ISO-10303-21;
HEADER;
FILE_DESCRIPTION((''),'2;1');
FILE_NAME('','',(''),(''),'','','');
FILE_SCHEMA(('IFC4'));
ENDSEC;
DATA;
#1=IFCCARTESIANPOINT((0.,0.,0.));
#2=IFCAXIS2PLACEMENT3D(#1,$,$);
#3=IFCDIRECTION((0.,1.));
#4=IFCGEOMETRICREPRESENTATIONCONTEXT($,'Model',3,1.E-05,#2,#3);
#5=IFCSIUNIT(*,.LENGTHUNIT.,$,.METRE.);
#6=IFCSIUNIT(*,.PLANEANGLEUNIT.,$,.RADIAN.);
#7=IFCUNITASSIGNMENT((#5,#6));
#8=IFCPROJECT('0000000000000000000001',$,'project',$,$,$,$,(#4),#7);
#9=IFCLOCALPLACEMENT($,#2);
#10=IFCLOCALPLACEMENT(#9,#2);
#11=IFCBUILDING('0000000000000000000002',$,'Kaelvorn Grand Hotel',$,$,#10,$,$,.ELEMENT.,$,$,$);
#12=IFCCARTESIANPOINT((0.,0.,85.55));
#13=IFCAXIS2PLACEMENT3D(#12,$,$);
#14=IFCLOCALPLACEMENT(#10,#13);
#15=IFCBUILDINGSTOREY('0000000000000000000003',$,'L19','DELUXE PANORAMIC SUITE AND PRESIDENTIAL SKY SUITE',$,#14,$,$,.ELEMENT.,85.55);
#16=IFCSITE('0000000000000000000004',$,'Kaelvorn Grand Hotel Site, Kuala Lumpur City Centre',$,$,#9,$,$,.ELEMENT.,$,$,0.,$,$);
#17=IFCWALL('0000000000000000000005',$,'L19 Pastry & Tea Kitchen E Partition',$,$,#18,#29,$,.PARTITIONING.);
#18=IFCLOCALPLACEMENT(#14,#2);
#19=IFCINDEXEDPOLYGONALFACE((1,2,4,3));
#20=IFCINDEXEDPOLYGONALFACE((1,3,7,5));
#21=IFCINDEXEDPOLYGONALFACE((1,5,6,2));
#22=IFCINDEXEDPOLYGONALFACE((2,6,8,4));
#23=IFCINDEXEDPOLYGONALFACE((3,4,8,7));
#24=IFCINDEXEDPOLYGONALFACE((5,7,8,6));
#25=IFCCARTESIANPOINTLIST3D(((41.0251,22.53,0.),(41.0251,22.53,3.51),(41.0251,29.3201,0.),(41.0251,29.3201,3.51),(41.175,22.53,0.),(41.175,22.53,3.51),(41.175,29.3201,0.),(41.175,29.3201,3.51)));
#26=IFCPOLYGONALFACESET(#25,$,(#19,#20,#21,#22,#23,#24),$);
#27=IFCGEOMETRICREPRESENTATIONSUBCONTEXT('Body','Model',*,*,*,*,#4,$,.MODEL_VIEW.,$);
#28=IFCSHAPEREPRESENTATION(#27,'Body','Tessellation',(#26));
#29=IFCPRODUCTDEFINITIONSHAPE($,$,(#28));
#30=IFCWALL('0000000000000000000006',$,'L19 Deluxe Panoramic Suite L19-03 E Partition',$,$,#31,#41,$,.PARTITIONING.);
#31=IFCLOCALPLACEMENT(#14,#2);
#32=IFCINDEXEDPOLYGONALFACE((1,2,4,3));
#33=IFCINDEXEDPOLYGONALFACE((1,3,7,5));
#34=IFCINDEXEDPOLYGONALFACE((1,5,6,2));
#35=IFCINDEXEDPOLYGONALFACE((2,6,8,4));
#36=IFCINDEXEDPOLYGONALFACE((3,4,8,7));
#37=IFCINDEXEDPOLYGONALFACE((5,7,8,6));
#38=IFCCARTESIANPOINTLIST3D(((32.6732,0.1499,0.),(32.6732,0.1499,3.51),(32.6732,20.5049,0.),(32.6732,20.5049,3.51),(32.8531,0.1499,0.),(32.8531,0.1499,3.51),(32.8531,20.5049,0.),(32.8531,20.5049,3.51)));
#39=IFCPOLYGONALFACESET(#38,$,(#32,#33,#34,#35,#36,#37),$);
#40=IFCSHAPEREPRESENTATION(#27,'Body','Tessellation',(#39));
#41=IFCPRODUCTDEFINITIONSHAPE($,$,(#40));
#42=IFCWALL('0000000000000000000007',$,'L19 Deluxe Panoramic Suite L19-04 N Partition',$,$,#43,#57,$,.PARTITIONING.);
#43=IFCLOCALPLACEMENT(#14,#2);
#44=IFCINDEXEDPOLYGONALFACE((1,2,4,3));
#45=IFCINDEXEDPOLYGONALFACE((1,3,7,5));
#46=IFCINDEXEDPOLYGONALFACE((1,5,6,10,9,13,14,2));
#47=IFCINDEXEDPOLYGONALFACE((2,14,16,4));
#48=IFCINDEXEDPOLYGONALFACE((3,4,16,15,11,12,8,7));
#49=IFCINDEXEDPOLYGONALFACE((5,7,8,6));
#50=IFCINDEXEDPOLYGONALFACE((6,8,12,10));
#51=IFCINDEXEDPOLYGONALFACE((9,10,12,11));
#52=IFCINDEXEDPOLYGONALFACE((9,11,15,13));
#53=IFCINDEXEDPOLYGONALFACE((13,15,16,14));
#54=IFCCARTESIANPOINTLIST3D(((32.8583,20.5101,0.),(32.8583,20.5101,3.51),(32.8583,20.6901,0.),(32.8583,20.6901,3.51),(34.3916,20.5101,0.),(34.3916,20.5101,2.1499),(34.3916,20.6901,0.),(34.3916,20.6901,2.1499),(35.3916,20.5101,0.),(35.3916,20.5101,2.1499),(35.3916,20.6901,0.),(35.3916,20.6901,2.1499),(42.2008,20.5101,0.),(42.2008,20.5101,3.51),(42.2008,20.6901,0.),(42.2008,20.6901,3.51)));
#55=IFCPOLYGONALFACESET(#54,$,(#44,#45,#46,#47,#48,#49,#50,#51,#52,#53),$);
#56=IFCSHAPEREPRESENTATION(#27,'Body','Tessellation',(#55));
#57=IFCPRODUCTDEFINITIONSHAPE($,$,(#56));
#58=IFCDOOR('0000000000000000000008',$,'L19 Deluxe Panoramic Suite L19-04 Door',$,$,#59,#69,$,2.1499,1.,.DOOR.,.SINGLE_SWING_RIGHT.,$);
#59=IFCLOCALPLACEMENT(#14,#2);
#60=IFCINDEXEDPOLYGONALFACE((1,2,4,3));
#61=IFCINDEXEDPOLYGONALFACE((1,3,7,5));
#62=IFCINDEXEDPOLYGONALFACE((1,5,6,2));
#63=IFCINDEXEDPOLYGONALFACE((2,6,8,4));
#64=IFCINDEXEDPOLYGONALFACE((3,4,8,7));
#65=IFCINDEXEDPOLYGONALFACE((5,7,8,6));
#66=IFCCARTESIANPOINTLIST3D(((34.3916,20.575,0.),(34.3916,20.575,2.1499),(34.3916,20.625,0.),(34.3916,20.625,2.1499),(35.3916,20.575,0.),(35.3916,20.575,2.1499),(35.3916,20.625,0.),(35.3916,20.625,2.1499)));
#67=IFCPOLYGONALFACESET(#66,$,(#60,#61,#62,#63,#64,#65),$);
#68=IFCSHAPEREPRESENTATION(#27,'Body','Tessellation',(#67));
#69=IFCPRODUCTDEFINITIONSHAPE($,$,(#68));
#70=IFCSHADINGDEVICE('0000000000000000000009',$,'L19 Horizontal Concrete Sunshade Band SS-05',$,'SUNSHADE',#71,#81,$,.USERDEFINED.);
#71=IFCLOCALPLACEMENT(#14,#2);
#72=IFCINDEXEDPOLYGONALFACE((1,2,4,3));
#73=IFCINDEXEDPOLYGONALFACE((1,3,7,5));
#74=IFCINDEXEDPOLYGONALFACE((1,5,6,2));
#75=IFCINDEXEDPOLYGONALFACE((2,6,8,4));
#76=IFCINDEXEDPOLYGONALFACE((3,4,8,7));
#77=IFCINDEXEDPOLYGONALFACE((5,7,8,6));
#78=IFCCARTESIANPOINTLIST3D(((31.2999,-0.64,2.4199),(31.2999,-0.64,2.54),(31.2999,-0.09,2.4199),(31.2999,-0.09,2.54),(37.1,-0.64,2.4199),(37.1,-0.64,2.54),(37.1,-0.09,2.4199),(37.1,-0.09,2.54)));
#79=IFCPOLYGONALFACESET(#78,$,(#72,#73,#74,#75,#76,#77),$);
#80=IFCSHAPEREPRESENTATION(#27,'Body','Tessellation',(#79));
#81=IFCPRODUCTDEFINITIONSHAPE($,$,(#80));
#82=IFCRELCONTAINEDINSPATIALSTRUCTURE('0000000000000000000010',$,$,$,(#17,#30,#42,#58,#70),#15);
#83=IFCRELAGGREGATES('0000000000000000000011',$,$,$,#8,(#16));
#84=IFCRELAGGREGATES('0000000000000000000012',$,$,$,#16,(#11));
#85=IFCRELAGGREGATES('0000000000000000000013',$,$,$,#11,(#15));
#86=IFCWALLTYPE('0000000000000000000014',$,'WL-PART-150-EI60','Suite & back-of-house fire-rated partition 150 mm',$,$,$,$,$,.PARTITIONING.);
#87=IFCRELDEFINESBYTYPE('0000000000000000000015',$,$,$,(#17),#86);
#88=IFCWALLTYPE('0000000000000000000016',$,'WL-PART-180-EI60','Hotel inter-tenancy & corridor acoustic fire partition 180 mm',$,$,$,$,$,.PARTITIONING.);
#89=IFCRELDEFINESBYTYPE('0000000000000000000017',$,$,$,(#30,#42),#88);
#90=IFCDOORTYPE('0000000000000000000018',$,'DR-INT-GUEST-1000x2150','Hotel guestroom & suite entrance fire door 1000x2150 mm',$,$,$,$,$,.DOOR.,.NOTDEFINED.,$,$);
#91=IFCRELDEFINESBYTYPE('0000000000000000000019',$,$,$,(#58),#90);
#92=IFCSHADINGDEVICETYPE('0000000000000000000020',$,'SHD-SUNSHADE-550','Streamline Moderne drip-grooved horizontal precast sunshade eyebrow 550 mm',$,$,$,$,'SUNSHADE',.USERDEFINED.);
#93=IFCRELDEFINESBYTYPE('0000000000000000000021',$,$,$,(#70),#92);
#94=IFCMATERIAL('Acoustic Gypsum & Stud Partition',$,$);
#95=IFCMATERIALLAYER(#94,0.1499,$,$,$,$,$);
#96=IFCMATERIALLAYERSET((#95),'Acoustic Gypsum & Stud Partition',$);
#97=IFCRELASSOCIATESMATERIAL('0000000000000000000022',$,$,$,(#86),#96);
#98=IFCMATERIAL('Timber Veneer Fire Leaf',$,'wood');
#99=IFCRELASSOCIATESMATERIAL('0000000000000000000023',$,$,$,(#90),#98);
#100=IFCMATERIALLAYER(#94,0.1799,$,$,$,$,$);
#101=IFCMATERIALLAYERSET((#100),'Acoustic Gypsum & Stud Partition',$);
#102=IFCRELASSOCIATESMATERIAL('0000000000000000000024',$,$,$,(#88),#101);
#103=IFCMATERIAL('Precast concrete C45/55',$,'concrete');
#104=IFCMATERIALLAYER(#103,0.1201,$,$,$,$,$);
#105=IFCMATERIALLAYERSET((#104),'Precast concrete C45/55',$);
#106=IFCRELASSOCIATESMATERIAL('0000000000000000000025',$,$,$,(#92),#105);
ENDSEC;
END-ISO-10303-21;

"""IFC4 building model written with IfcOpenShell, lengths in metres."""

from ifc_helpers import new_model, si_unit, direction, frame, frame_2d, origin, origin_2d, place, context, subcontext, project, spatial, rectangle, extrude, material, layer, layer_set, type_object, element, fill, save


model = new_model("IFC4")

# Units and contexts
model_context = context("Model", 3, precision=1e-05, world=origin(), true_north=direction((0.0, 1.0)))
body_context = subcontext(model_context, "Body", "Model", "MODEL_VIEW")
ifc_project = project(units=[si_unit("LENGTHUNIT", "METRE"), si_unit("PLANEANGLEUNIT", "RADIAN")], contexts=[model_context])

# Site, building, storey
site_placement = place(None, origin())
site = spatial("IfcSite", under=ifc_project, at=site_placement, Name="Kaelvorn Grand Hotel Site, Kuala Lumpur City Centre", CompositionType="ELEMENT", RefElevation=0.0)
building_placement = place(site_placement, origin())
building = spatial("IfcBuilding", under=site, at=building_placement, Name="Kaelvorn Grand Hotel", CompositionType="ELEMENT")
storey_placement = place(building_placement, frame((0.0, 0.0, 85.55)))
storey = spatial("IfcBuildingStorey", under=building, at=storey_placement, Name="L19", Description="DELUXE PANORAMIC SUITE AND PRESIDENTIAL SKY SUITE", CompositionType="ELEMENT", Elevation=85.55)

# Shared definitions
ifc_material_1 = material(Name="Acoustic Gypsum & Stud Partition")
ifc_layer_1 = layer(ifc_material_1, 0.1499)
ifc_layer_set_1 = layer_set([ifc_layer_1], Name="Acoustic Gypsum & Stud Partition")
wall_type_1 = type_object("IfcWallType", Name="WL-PART-150-EI60", Description="Suite & back-of-house fire-rated partition 150 mm", PredefinedType="PARTITIONING", material=ifc_layer_set_1)
ifc_material_2 = material(Name="Timber Veneer Fire Leaf", Category="wood")
door_type_1 = type_object("IfcDoorType", Name="DR-INT-GUEST-1000x2150", Description="Hotel guestroom & suite entrance fire door 1000x2150 mm", OperationType="NOTDEFINED", PredefinedType="DOOR", material=ifc_material_2)

# Walls
wall_1_placement = place(storey_placement, frame((41.1001, 22.53, 0.0), z_axis=(0.0, 0.0, 1.0), x_axis=(0.0, 1.0, 0.0)))
element("IfcWall", 1, at=wall_1_placement, inside=storey, type_object=wall_type_1, Name="L19 Pastry & Tea Kitchen E Partition", PredefinedType="PARTITIONING", context=body_context, shape_type="SweptSolid", body=[
    extrude(rectangle(XDim=6.79, YDim=0.1499, at=frame_2d((3.395, 0.0))), origin(), (0.0, 0.0, 1.0), 3.51),
])
ifc_layer_2 = layer(ifc_material_1, 0.1799)
ifc_layer_set_2 = layer_set([ifc_layer_2], Name="Acoustic Gypsum & Stud Partition")
wall_type_2 = type_object("IfcWallType", Name="WL-PART-180-EI60", Description="Hotel inter-tenancy & corridor acoustic fire partition 180 mm", PredefinedType="PARTITIONING", material=ifc_layer_set_2)
wall_2_placement = place(storey_placement, frame((32.7632, 0.1499, 0.0), z_axis=(0.0, 0.0, 1.0), x_axis=(0.0, 1.0, 0.0)))
element("IfcWall", 2, at=wall_2_placement, inside=storey, type_object=wall_type_2, Name="L19 Deluxe Panoramic Suite L19-03 E Partition", PredefinedType="PARTITIONING", context=body_context, shape_type="SweptSolid", body=[
    extrude(rectangle(XDim=20.355, YDim=0.1799, at=frame_2d((10.1775, 0.0))), origin(), (0.0, 0.0, 1.0), 3.51),
])

# Wall, opening, door
wall_3_placement = place(storey_placement, frame((32.8582, 20.6001, 0.0), z_axis=(0.0, 0.0, 1.0), x_axis=(1.0, 0.0, 0.0)))
wall_3 = element("IfcWall", 3, at=wall_3_placement, inside=storey, type_object=wall_type_2, Name="L19 Deluxe Panoramic Suite L19-04 N Partition", PredefinedType="PARTITIONING", context=body_context, shape_type="SweptSolid", body=[
    extrude(rectangle(XDim=9.3425, YDim=0.1799, at=frame_2d((4.6714, 0.0))), origin(), (0.0, 0.0, 1.0), 3.51),
])
opening_1_placement = place(wall_3_placement, frame((1.5334, 0.0, 0.0)))
opening_1 = element("IfcOpeningElement", 4, at=opening_1_placement, cuts=wall_3, PredefinedType="OPENING", context=body_context, shape_type="SweptSolid", body=[
    extrude(rectangle(XDim=1.0, YDim=2.1499, at=frame_2d((0.5, 1.075))), frame((0.0, 0.1001, 0.0), z_axis=(0.0, -1.0, 0.0), x_axis=(1.0, 0.0, 0.0)), (0.0, 0.0, 1.0), 0.2),
])
door_1_placement = place(opening_1_placement, origin())
door_1 = element("IfcDoor", 5, at=door_1_placement, inside=storey, type_object=door_type_1, Name="L19 Deluxe Panoramic Suite L19-04 Door", OperationType="SINGLE_SWING_RIGHT", OverallHeight=2.1499, OverallWidth=1.0, PredefinedType="DOOR", context=body_context, shape_type="SweptSolid", body=[
    extrude(rectangle(XDim=1.0, YDim=2.1499, at=frame_2d((0.5, 1.075))), frame((0.0, 0.0249, 0.0), z_axis=(0.0, -1.0, 0.0), x_axis=(1.0, 0.0, 0.0)), (0.0, 0.0, 1.0), 0.05),
])
fill(opening_1, door_1)

# Shading device
ifc_material_3 = material(Name="Precast concrete C45/55", Category="concrete")
ifc_layer_3 = layer(ifc_material_3, 0.1201)
ifc_layer_set_3 = layer_set([ifc_layer_3], Name="Precast concrete C45/55")
shading_device_type = type_object("IfcShadingDeviceType", Name="SHD-SUNSHADE-550", Description="Streamline Moderne drip-grooved horizontal precast sunshade eyebrow 550 mm", ElementType="SUNSHADE", PredefinedType="USERDEFINED", material=ifc_layer_set_3)
shading_device_placement = place(storey_placement, frame((34.2, -0.365, 2.4199), z_axis=(0.0, 0.0, 1.0), x_axis=(1.0, 0.0, 0.0)))
element("IfcShadingDevice", 6, at=shading_device_placement, inside=storey, type_object=shading_device_type, Name="L19 Horizontal Concrete Sunshade Band SS-05", ObjectType="SUNSHADE", PredefinedType="USERDEFINED", context=body_context, shape_type="SweptSolid", body=[
    extrude(rectangle(XDim=5.8, YDim=0.55, at=origin_2d()), origin(), (0.0, 0.0, 1.0), 0.1201),
])

save(model, "model.ifc")
